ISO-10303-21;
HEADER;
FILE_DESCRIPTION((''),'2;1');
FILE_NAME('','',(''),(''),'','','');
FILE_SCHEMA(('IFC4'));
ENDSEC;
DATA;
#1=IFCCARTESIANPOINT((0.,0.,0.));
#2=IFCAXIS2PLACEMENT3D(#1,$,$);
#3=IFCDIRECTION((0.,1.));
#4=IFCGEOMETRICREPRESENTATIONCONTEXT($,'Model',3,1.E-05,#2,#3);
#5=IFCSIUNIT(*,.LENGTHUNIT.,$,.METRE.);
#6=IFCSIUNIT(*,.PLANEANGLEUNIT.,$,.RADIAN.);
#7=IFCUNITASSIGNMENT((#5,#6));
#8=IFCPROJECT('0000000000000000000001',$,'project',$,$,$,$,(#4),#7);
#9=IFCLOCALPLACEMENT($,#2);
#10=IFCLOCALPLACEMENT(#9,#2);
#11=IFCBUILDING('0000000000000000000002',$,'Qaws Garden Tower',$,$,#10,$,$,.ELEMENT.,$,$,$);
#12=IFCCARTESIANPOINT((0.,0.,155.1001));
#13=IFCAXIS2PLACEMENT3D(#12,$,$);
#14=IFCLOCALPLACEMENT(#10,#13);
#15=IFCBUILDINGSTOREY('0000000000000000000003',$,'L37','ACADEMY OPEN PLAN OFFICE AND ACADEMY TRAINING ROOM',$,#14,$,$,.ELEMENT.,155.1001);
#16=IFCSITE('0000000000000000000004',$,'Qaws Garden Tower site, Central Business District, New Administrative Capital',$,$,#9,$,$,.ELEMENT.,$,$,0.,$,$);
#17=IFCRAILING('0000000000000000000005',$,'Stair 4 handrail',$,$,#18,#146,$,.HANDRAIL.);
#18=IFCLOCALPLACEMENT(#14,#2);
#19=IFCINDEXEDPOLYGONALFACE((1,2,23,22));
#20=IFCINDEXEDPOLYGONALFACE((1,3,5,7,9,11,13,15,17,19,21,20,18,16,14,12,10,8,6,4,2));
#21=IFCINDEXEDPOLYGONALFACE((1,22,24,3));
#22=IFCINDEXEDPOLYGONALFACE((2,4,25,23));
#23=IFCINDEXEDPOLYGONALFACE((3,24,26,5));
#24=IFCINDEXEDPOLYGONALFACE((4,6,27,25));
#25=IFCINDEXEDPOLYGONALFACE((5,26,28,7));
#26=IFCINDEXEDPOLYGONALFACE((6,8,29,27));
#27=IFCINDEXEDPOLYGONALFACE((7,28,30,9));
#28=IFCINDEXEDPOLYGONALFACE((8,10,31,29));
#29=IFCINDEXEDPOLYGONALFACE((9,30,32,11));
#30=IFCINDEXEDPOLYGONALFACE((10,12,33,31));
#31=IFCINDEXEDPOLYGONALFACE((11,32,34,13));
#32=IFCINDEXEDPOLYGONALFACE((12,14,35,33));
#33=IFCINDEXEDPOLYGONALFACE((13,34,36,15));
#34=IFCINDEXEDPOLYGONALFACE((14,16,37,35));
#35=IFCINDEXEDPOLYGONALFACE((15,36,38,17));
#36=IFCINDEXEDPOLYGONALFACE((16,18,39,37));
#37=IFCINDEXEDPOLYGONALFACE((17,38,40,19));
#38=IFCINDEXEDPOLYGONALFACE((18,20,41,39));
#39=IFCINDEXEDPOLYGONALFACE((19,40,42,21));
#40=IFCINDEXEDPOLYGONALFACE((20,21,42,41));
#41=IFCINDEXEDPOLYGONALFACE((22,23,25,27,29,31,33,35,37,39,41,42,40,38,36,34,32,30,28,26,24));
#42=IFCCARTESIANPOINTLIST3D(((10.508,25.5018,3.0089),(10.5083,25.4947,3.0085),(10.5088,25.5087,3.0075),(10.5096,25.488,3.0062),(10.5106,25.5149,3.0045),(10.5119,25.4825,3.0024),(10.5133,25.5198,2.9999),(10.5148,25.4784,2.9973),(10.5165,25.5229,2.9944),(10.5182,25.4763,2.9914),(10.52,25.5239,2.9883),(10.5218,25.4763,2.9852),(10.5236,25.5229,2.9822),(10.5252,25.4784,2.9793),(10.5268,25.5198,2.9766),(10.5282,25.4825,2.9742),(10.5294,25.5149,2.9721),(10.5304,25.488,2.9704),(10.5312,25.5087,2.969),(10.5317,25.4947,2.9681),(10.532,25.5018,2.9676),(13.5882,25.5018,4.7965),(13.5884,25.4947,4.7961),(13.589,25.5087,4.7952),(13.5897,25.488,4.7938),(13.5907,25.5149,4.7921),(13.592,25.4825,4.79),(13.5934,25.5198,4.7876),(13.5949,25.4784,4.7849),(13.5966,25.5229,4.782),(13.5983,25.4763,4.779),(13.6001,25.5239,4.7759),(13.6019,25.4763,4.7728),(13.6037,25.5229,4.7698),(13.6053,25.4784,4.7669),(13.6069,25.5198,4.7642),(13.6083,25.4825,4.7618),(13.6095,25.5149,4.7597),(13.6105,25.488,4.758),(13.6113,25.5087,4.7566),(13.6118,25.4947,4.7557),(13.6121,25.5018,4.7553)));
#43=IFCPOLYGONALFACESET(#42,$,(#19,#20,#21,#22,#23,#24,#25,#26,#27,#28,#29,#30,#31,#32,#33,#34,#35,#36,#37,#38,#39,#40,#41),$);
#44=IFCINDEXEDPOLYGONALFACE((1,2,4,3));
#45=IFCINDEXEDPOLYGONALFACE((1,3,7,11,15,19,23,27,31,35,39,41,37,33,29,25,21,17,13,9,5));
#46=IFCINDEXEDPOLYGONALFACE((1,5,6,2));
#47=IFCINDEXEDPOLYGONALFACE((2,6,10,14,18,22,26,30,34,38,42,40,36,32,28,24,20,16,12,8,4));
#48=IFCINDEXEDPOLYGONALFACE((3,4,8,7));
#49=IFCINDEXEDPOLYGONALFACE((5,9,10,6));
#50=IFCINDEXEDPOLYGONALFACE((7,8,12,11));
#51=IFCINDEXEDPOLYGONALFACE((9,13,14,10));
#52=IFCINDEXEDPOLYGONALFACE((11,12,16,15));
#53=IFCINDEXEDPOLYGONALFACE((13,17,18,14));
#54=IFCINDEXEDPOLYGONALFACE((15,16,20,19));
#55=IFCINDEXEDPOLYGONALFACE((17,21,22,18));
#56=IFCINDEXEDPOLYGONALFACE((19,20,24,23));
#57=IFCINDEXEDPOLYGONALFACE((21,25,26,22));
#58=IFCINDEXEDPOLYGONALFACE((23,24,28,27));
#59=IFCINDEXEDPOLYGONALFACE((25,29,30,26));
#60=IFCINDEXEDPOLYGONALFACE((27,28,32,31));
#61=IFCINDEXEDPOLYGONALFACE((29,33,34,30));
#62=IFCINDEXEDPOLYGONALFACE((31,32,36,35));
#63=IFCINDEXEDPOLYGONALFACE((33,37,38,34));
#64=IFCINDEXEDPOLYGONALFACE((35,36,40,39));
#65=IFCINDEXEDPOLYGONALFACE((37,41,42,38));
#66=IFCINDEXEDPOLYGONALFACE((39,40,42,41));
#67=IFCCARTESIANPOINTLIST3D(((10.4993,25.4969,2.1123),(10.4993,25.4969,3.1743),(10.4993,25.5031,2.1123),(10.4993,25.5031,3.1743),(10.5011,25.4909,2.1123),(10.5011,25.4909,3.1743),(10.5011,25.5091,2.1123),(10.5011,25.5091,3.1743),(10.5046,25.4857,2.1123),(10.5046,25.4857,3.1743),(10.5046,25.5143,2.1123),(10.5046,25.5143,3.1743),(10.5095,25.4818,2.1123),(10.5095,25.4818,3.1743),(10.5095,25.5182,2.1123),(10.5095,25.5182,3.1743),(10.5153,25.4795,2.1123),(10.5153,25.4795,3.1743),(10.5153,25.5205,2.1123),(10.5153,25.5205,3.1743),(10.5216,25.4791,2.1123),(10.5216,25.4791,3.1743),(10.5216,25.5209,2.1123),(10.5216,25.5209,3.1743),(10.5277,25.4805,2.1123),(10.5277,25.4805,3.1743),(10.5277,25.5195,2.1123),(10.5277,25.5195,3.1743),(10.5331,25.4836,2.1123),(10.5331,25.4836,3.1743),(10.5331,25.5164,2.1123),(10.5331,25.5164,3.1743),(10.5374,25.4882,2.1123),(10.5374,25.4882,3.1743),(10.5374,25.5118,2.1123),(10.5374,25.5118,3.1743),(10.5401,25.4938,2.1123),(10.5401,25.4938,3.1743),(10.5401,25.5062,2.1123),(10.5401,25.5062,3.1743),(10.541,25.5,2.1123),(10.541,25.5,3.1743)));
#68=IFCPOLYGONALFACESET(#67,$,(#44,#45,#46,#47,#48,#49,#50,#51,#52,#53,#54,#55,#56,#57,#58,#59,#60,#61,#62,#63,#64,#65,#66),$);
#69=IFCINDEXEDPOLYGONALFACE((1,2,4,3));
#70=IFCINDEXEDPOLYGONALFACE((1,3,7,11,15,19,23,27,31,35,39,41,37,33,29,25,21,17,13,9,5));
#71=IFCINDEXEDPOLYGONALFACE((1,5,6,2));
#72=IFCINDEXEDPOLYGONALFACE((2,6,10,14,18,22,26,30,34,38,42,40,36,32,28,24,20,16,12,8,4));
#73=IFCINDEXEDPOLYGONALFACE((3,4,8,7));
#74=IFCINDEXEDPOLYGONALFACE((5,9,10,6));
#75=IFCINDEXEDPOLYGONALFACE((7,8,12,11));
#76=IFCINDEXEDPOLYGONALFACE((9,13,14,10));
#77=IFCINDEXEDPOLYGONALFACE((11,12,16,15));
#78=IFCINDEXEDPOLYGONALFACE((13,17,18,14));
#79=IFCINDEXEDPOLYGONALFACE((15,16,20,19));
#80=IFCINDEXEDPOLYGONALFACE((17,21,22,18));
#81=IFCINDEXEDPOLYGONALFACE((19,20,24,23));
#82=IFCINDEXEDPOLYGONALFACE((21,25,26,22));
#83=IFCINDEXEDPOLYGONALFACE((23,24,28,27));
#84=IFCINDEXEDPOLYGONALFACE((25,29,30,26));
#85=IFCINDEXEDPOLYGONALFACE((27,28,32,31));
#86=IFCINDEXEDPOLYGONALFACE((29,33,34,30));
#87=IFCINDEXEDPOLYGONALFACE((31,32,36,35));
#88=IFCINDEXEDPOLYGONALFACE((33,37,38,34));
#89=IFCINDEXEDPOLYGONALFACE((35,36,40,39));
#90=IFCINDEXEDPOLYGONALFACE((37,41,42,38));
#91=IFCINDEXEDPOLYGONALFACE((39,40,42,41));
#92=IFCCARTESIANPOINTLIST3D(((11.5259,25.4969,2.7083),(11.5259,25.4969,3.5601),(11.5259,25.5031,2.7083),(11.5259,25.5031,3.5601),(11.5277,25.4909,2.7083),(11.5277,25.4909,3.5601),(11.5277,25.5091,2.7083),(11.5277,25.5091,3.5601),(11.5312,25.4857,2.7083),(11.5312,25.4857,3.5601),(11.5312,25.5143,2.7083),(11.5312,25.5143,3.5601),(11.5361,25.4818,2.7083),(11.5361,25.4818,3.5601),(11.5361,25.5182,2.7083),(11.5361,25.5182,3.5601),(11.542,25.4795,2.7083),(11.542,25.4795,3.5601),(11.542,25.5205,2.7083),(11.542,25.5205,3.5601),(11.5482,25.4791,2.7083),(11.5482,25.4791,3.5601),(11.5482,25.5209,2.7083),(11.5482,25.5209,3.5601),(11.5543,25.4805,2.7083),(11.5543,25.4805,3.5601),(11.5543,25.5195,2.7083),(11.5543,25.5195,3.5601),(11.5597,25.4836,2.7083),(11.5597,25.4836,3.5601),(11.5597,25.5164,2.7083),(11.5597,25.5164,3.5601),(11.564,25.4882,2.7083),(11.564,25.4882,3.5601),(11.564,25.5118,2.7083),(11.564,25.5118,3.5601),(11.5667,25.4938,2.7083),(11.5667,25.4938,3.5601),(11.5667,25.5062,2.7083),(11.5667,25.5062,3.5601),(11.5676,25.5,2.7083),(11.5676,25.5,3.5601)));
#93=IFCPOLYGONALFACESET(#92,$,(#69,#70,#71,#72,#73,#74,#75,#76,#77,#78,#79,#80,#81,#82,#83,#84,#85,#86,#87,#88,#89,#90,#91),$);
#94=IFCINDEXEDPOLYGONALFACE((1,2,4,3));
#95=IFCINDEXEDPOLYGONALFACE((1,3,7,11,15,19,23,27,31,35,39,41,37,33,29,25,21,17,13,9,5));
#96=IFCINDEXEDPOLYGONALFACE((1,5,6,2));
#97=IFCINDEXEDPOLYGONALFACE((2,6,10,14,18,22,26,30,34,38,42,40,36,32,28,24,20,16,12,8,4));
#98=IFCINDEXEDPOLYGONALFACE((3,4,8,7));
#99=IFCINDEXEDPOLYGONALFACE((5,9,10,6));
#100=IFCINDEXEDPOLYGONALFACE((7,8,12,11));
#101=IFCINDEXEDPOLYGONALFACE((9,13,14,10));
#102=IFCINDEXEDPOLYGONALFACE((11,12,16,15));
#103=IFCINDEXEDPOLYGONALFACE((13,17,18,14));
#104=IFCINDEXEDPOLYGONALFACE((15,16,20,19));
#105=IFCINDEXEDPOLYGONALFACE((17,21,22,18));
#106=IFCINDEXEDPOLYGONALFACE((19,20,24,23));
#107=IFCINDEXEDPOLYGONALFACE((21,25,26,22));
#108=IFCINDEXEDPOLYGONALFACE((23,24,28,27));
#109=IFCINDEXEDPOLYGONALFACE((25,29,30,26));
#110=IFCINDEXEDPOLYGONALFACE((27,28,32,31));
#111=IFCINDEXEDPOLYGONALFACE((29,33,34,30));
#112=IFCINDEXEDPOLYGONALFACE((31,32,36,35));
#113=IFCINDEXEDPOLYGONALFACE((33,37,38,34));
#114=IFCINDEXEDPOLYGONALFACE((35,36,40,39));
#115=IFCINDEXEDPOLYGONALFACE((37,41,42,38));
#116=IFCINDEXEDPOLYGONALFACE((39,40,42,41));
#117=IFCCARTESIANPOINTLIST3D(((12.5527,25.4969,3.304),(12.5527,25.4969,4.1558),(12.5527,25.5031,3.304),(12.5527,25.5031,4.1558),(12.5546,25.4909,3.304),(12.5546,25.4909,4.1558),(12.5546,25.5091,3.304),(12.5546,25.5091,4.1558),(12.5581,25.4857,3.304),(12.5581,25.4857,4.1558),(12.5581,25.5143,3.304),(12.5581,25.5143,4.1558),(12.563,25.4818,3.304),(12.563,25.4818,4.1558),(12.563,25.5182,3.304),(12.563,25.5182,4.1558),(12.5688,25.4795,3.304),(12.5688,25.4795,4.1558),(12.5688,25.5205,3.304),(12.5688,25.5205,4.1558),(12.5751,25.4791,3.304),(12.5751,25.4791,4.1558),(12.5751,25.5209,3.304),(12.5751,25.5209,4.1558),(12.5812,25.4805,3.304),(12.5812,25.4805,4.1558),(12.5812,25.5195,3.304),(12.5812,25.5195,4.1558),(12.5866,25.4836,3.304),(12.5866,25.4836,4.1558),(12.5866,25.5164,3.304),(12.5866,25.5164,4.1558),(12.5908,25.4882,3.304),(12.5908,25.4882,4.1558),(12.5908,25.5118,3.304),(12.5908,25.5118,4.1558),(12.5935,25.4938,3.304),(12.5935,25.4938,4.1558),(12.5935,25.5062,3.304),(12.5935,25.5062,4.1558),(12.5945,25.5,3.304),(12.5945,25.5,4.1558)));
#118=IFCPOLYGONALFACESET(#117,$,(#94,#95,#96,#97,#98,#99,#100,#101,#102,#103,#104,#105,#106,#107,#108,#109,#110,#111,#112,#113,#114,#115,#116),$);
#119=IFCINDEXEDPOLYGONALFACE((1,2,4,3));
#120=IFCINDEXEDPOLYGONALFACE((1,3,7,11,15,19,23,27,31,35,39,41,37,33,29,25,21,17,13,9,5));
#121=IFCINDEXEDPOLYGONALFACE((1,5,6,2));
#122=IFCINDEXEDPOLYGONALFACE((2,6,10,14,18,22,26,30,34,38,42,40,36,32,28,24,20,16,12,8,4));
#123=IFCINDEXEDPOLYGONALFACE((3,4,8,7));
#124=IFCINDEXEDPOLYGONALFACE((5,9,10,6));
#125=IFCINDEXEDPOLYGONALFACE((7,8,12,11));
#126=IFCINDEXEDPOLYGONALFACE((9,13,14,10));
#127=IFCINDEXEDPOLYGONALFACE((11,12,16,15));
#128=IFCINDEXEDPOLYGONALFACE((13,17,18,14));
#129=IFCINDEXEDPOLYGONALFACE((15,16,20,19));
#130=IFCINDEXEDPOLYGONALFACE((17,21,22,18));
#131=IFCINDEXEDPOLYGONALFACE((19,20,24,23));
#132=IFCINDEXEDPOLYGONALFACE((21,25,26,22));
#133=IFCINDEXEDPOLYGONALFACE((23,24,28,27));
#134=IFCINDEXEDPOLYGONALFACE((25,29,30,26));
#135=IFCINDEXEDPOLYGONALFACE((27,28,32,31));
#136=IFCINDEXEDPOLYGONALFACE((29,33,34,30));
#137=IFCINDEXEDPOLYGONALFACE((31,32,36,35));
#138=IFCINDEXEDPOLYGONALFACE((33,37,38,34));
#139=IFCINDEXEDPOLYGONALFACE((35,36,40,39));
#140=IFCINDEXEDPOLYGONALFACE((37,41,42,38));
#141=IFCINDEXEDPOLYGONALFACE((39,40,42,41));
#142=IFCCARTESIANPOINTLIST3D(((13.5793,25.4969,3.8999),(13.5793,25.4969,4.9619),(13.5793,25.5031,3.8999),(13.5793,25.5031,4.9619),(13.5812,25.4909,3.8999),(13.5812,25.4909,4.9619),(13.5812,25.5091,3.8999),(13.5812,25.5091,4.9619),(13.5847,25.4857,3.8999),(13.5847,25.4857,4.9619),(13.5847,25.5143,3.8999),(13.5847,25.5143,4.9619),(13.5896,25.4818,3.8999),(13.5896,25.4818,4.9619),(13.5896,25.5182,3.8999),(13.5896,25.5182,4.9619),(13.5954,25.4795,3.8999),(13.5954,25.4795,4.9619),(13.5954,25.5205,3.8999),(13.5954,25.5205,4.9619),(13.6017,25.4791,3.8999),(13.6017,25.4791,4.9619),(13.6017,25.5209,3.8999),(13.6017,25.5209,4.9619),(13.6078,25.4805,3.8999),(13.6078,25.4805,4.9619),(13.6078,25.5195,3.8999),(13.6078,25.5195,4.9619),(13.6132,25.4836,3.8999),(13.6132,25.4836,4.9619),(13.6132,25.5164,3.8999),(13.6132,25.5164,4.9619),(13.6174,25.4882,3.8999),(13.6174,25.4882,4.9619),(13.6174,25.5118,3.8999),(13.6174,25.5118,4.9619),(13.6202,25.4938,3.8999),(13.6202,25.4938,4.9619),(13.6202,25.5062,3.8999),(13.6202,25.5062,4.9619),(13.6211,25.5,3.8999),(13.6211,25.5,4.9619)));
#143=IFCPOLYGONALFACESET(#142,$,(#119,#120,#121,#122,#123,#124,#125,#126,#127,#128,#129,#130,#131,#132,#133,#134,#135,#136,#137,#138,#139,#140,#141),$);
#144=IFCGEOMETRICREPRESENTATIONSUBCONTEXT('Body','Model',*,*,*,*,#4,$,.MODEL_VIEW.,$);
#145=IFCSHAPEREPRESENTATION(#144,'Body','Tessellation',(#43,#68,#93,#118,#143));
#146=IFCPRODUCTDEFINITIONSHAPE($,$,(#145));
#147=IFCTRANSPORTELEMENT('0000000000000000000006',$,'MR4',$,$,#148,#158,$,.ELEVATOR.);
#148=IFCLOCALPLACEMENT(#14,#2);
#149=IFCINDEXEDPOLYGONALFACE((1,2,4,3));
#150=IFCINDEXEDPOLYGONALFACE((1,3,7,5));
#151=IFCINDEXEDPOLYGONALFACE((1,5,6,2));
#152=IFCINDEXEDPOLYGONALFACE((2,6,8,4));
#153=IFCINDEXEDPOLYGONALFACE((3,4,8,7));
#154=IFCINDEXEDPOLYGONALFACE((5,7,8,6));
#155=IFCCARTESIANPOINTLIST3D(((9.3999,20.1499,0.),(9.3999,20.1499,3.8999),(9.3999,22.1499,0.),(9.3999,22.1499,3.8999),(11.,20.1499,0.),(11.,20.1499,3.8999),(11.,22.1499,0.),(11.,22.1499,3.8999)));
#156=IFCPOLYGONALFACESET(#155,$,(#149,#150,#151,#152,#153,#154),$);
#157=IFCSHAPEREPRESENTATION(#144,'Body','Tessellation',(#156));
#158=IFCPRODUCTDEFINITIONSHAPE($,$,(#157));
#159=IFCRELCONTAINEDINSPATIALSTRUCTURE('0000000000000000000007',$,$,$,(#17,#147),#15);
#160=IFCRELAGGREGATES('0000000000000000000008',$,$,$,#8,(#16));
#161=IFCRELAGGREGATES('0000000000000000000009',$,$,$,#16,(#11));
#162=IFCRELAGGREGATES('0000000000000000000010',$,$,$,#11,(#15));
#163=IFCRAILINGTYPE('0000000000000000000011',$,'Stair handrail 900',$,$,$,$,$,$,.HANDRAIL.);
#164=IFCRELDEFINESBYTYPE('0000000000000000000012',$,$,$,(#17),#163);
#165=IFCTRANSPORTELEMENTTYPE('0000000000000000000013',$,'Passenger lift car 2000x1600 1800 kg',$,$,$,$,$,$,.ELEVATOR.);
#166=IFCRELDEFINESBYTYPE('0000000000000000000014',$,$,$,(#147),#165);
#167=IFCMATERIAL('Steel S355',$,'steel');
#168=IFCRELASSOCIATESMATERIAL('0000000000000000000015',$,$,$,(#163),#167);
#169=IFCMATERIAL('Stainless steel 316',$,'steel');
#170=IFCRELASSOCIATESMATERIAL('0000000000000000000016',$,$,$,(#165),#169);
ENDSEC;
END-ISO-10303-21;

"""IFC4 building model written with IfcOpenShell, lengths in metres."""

from ifc_helpers import new_model, si_unit, direction, frame, origin, origin_2d, place, context, subcontext, project, spatial, rectangle, circle, extrude, material, type_object, element, save


model = new_model("IFC4")

# Units and contexts
model_context = context("Model", 3, precision=1e-05, world=origin(), true_north=direction((0.0, 1.0)))
body_context = subcontext(model_context, "Body", "Model", "MODEL_VIEW")
ifc_project = project(units=[si_unit("LENGTHUNIT", "METRE"), si_unit("PLANEANGLEUNIT", "RADIAN")], contexts=[model_context])

# Site, building, storey
site_placement = place(None, origin())
site = spatial("IfcSite", under=ifc_project, at=site_placement, Name="Qaws Garden Tower site, Central Business District, New Administrative Capital", CompositionType="ELEMENT", RefElevation=0.0)
building_placement = place(site_placement, origin())
building = spatial("IfcBuilding", under=site, at=building_placement, Name="Qaws Garden Tower", CompositionType="ELEMENT")
storey_placement = place(building_placement, frame((0.0, 0.0, 155.1001)))
storey = spatial("IfcBuildingStorey", under=building, at=storey_placement, Name="L37", Description="ACADEMY OPEN PLAN OFFICE AND ACADEMY TRAINING ROOM", CompositionType="ELEMENT", Elevation=155.1001)

# Railing
ifc_material_1 = material(Name="Steel S355", Category="steel")
railing_type = type_object("IfcRailingType", Name="Stair handrail 900", PredefinedType="HANDRAIL", material=ifc_material_1)
railing_1_placement = place(storey_placement, frame((10.52, 25.5, 2.1123)))
element("IfcRailing", 1, at=railing_1_placement, inside=storey, type_object=railing_type, Name="Stair 4 handrail", PredefinedType="HANDRAIL", context=body_context, shape_type="SweptSolid", body=[
    extrude(circle(Radius=0.0239, at=origin_2d()), frame((0.0, 0.0, 0.876), z_axis=(0.864891, 0.0, 0.50196), x_axis=(0.0, 1.0, 0.0)), (0.0, 0.0, 1.0), 3.5613),
    extrude(circle(Radius=0.021, at=origin_2d()), origin(), (0.0, 0.0, 1.0), 1.062),
    extrude(circle(Radius=0.021, at=origin_2d()), frame((1.0266, 0.0, 0.5959)), (0.0, 0.0, 1.0), 0.8518),
    extrude(circle(Radius=0.021, at=origin_2d()), frame((2.0535, 0.0, 1.1917)), (0.0, 0.0, 1.0), 0.8518),
    extrude(circle(Radius=0.021, at=origin_2d()), frame((3.0801, 0.0, 1.7876)), (0.0, 0.0, 1.0), 1.062),
])

# Transport element
ifc_material_2 = material(Name="Stainless steel 316", Category="steel")
transport_element_type = type_object("IfcTransportElementType", Name="Passenger lift car 2000x1600 1800 kg", PredefinedType="ELEVATOR", material=ifc_material_2)
transport_element_placement = place(storey_placement, frame((10.2, 21.1499, 0.0), z_axis=(0.0, 0.0, 1.0), x_axis=(1.0, 0.0, 0.0)))
element("IfcTransportElement", 2, at=transport_element_placement, inside=storey, type_object=transport_element_type, Name="MR4", PredefinedType="ELEVATOR", context=body_context, shape_type="SweptSolid", body=[
    extrude(rectangle(XDim=1.6001, YDim=2.0, at=origin_2d()), origin(), (0.0, 0.0, 1.0), 3.8999),
])

save(model, "model.ifc")
